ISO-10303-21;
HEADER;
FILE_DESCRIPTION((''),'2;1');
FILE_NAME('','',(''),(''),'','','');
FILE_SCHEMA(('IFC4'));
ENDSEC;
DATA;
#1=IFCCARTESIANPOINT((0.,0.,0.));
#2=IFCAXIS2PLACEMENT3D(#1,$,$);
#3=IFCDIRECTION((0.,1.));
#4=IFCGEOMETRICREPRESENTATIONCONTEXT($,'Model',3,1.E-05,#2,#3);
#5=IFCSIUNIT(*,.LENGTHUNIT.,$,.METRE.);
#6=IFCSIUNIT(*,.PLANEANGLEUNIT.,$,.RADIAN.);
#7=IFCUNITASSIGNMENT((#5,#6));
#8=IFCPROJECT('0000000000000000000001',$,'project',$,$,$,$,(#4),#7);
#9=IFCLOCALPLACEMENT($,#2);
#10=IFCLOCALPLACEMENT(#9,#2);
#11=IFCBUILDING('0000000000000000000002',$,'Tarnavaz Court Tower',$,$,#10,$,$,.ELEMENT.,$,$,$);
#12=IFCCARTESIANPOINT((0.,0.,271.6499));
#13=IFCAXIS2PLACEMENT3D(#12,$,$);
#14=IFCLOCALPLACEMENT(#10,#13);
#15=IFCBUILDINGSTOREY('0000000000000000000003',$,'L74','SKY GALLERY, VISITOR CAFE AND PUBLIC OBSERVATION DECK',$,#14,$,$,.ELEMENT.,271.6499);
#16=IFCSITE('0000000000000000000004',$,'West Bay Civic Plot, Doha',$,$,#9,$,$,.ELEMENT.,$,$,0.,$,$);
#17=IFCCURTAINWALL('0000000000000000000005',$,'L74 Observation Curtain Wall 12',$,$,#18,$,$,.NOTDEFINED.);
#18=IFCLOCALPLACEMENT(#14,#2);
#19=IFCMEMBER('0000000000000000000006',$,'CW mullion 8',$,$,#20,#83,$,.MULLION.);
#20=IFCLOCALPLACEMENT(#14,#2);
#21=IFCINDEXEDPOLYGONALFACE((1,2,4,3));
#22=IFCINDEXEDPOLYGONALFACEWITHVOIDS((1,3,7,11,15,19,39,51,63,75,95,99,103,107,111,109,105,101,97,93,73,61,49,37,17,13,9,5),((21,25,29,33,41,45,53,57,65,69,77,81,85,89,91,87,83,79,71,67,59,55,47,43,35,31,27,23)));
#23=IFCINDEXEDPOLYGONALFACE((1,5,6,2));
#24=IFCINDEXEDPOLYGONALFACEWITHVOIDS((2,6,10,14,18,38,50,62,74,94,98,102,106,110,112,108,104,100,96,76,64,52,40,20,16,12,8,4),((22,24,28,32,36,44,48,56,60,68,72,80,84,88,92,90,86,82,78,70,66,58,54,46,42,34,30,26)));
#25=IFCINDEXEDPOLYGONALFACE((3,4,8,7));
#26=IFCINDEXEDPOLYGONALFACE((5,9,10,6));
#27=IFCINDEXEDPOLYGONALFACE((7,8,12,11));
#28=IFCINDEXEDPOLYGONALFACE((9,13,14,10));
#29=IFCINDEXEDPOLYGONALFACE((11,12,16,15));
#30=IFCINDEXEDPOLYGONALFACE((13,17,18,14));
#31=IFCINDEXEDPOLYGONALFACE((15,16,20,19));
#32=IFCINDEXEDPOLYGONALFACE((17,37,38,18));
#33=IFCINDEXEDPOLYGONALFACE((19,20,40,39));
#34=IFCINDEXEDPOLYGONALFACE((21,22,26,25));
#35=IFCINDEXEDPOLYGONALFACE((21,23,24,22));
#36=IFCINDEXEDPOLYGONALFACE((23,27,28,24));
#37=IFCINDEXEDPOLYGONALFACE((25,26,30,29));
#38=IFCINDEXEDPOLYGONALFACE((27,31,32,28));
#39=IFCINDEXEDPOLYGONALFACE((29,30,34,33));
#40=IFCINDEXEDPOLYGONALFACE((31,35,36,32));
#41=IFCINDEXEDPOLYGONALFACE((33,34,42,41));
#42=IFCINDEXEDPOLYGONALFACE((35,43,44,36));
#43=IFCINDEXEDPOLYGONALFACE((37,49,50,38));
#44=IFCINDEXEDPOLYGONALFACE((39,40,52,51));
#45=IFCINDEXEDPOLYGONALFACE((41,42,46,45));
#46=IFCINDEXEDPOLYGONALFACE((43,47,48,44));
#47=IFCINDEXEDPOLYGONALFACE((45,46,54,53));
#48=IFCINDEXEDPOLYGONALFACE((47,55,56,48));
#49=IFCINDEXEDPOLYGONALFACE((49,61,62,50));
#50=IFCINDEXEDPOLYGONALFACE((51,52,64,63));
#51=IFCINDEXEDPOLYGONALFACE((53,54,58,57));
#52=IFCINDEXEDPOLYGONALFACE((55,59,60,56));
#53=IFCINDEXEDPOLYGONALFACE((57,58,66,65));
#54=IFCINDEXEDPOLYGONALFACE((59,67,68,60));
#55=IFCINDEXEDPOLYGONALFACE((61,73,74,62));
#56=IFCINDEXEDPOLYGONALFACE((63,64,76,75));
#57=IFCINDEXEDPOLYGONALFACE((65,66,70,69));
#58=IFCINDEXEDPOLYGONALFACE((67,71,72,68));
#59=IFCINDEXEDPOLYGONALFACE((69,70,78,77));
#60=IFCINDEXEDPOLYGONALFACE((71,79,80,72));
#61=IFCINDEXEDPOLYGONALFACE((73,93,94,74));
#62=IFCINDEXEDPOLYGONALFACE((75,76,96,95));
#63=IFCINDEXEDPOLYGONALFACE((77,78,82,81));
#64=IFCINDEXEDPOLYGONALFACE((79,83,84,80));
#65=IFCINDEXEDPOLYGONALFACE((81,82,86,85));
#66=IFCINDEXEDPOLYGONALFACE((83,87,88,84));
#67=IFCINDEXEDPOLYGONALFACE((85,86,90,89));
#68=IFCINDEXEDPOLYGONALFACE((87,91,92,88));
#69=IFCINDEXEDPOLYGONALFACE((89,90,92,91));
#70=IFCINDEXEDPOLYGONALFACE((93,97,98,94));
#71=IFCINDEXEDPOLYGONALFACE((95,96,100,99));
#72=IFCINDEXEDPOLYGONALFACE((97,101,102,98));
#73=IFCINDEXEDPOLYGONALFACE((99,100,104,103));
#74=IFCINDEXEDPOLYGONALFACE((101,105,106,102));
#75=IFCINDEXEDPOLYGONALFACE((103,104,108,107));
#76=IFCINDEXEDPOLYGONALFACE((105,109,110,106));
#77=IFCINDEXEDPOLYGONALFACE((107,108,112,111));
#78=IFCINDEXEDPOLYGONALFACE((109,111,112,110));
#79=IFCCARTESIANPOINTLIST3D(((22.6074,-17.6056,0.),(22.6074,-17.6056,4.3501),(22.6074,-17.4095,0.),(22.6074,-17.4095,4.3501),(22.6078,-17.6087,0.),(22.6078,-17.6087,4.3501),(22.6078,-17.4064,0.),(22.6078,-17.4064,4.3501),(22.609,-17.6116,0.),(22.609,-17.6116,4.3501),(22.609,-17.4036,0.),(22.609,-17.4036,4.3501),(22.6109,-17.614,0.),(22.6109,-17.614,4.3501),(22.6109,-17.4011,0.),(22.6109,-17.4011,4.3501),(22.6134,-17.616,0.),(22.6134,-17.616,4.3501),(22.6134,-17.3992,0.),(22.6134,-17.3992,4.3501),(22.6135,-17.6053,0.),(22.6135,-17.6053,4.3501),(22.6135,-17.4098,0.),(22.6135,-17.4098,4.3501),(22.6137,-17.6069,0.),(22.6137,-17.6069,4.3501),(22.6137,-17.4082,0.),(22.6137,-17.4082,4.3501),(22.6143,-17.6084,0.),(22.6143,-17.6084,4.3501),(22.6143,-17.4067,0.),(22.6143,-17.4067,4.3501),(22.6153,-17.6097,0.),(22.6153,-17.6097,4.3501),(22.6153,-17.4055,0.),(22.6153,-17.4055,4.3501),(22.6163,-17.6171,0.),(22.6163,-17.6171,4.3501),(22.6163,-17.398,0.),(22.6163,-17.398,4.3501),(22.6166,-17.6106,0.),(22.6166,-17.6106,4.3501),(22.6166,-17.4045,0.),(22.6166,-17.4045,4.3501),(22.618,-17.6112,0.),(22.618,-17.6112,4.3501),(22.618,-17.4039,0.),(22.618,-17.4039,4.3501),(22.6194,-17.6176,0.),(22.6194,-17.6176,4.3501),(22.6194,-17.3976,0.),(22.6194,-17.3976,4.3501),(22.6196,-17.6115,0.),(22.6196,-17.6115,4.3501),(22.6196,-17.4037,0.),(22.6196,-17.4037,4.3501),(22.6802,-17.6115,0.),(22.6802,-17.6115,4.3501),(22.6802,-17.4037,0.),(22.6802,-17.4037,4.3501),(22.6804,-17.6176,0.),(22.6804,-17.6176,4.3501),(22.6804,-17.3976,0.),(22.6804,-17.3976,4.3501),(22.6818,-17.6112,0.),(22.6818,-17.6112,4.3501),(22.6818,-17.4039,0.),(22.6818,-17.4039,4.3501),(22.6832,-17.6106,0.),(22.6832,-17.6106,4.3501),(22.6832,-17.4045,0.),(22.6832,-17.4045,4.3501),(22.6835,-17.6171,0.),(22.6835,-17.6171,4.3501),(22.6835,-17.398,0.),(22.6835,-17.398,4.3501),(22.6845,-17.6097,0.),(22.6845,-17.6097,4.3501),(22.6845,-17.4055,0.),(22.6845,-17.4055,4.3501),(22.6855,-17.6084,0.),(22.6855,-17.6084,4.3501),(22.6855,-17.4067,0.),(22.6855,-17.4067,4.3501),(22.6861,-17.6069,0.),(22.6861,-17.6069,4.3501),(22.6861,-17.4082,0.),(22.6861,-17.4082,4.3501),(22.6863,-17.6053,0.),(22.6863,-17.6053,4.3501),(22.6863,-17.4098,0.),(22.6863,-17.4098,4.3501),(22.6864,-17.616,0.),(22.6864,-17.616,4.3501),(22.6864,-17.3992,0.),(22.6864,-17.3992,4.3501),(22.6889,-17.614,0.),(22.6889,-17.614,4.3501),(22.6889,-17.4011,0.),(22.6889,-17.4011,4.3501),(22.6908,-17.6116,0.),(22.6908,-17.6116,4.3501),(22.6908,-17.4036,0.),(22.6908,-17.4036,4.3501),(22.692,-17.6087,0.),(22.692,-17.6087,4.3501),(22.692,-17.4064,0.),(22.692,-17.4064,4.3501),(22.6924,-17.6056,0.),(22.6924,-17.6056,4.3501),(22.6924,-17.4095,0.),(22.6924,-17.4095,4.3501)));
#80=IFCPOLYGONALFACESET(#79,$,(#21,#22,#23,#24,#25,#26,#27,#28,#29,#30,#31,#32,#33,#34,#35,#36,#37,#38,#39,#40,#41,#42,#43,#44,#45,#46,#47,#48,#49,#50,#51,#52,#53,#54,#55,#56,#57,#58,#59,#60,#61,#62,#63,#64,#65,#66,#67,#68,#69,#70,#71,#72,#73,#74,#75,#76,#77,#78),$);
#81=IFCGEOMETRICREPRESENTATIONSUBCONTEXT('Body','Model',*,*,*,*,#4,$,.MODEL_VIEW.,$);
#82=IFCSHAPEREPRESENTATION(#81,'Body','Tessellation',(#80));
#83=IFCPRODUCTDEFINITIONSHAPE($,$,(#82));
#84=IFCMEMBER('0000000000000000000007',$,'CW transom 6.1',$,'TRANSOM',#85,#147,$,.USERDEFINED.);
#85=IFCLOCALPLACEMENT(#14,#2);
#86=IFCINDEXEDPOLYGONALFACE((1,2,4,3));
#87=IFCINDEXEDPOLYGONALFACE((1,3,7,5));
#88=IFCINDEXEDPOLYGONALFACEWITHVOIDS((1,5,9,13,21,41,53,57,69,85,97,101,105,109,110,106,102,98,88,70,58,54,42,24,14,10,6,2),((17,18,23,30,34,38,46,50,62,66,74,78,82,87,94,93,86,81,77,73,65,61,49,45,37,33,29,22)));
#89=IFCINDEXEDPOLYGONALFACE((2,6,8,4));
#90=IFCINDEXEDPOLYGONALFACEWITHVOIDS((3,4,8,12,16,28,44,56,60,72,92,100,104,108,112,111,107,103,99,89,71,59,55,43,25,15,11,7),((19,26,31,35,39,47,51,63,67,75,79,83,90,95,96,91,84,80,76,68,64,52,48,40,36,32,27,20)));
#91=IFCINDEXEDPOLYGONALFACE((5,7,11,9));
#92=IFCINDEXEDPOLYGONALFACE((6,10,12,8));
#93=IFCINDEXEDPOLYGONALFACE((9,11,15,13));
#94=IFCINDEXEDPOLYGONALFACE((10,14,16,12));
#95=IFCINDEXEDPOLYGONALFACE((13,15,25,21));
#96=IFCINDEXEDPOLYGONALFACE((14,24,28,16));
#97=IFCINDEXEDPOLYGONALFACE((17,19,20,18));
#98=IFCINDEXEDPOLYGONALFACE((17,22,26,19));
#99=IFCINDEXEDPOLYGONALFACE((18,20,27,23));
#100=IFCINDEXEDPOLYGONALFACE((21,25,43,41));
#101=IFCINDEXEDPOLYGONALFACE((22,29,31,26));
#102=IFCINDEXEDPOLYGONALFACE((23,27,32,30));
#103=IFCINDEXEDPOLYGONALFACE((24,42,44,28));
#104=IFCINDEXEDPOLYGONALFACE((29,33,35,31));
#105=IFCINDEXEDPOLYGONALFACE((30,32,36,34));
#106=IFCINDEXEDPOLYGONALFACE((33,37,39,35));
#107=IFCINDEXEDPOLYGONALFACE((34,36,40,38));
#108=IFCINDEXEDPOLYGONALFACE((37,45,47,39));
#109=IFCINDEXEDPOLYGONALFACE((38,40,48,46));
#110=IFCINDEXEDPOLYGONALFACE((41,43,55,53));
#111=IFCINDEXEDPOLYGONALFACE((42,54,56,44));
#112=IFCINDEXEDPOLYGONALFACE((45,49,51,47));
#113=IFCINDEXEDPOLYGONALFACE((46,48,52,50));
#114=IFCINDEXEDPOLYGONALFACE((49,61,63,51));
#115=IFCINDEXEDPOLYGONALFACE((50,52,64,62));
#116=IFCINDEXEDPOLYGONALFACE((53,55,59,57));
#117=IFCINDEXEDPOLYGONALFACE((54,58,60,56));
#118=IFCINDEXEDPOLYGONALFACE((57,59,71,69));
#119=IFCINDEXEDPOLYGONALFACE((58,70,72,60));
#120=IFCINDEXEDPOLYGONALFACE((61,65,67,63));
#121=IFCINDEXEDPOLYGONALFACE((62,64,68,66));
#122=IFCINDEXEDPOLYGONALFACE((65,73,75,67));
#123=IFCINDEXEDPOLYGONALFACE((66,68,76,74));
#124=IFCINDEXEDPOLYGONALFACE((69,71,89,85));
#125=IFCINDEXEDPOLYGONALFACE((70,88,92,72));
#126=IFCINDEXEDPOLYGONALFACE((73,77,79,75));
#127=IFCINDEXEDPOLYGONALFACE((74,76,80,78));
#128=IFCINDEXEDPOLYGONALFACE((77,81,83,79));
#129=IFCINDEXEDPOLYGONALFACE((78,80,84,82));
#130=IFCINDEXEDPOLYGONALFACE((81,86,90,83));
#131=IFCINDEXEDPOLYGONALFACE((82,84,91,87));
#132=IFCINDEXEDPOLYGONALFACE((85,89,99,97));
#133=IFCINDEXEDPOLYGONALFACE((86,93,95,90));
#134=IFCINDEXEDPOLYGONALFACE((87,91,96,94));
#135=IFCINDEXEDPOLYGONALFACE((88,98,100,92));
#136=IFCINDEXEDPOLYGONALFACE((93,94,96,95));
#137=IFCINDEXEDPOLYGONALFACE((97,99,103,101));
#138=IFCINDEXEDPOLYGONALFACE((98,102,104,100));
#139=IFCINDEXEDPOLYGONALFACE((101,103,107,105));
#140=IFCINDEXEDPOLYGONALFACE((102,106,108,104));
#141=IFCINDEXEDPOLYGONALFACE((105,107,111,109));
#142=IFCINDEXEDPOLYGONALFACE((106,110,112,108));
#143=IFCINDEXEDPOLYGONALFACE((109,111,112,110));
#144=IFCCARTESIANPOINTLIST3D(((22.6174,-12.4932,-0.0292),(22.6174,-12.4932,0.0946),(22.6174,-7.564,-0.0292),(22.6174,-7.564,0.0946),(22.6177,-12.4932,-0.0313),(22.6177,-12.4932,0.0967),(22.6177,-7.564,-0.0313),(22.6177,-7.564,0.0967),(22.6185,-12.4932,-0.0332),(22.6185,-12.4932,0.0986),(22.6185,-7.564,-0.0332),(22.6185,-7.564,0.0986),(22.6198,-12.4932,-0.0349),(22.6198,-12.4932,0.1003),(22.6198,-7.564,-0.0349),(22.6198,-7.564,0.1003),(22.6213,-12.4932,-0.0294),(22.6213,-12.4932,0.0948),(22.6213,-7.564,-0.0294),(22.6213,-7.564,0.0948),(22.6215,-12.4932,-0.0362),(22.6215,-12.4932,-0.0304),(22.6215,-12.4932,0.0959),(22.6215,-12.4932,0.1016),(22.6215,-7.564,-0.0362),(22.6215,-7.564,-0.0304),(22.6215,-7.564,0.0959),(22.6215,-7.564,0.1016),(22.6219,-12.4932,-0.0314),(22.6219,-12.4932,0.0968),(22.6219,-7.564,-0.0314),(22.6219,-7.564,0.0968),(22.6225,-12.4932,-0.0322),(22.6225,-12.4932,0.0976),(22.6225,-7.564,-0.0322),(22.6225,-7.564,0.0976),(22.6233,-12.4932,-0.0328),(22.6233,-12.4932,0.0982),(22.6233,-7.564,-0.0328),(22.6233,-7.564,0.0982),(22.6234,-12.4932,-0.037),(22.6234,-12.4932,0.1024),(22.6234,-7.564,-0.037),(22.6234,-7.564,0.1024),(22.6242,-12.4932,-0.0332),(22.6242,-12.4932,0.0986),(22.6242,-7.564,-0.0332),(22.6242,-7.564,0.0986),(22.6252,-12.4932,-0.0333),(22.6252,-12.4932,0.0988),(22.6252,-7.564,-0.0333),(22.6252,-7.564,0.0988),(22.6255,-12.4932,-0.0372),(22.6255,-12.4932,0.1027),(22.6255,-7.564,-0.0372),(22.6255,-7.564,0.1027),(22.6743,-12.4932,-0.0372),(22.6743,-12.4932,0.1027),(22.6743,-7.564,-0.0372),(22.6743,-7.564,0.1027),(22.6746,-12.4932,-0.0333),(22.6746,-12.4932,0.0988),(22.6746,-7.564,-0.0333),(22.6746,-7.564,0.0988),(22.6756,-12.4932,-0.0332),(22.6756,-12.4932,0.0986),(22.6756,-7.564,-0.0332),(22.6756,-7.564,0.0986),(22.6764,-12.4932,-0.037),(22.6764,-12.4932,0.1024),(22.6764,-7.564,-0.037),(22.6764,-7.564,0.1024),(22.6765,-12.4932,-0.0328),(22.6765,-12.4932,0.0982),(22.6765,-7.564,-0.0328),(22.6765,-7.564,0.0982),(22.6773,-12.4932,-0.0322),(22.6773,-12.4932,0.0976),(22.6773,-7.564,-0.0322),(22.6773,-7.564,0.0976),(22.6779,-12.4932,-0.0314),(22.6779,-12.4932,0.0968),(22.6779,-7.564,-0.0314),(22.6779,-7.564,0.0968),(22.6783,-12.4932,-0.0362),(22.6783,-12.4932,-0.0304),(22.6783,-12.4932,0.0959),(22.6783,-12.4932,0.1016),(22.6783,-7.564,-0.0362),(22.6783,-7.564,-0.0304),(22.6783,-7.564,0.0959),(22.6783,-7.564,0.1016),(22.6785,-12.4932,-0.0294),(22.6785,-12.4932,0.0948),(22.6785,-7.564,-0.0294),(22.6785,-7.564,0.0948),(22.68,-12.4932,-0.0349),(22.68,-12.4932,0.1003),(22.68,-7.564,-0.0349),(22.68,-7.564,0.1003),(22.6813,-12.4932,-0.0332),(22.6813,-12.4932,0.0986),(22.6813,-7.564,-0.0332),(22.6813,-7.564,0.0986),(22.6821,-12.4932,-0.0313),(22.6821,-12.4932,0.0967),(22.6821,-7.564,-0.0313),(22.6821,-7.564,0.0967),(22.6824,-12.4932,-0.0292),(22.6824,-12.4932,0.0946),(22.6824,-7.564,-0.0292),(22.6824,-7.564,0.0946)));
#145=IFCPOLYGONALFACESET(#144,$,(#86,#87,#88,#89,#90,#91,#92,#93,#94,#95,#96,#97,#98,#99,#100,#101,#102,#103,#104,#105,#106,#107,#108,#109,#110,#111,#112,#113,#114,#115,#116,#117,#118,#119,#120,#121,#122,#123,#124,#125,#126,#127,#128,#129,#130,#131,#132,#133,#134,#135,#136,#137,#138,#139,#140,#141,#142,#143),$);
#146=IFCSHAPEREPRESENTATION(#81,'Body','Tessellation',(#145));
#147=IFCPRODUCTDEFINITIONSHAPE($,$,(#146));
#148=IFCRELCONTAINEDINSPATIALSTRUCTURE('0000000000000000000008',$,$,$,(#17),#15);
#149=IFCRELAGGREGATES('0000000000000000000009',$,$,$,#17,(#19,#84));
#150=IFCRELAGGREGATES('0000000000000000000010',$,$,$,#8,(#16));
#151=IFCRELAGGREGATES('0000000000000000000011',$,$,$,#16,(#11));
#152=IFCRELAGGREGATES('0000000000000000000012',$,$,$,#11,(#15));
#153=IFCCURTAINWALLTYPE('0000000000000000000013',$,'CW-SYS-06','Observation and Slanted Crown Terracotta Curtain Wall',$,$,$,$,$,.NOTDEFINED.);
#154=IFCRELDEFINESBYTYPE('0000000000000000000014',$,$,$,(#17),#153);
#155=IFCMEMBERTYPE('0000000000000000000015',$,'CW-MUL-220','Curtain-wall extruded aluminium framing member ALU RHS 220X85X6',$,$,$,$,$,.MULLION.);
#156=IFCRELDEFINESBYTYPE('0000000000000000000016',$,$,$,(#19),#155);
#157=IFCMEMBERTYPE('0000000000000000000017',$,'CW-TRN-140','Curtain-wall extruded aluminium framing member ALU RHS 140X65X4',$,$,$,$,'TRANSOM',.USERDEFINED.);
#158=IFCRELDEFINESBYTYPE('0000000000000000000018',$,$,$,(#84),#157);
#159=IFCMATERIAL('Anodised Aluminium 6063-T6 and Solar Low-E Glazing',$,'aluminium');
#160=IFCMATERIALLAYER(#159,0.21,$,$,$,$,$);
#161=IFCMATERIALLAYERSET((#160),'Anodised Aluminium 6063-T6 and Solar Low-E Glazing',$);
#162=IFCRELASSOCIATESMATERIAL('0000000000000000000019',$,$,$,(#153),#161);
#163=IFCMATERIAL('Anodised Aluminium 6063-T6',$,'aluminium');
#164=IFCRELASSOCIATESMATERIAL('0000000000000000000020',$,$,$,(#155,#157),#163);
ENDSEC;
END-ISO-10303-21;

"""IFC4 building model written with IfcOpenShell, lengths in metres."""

from ifc_helpers import new_model, si_unit, direction, frame, origin, origin_2d, place, context, subcontext, project, spatial, hollow_rectangle, extrude, material, layer, layer_set, material_profile, profile_set, type_object, element, aggregate, save


model = new_model("IFC4")

# Units and contexts
model_context = context("Model", 3, precision=1e-05, world=origin(), true_north=direction((0.0, 1.0)))
body_context = subcontext(model_context, "Body", "Model", "MODEL_VIEW")
ifc_project = project(units=[si_unit("LENGTHUNIT", "METRE"), si_unit("PLANEANGLEUNIT", "RADIAN")], contexts=[model_context])

# Site, building, storey
site_placement = place(None, origin())
site = spatial("IfcSite", under=ifc_project, at=site_placement, Name="West Bay Civic Plot, Doha", CompositionType="ELEMENT", RefElevation=0.0)
building_placement = place(site_placement, origin())
building = spatial("IfcBuilding", under=site, at=building_placement, Name="Tarnavaz Court Tower", CompositionType="ELEMENT")
storey_placement = place(building_placement, frame((0.0, 0.0, 271.6499)))
storey = spatial("IfcBuildingStorey", under=building, at=storey_placement, Name="L74", Description="SKY GALLERY, VISITOR CAFE AND PUBLIC OBSERVATION DECK", CompositionType="ELEMENT", Elevation=271.6499)

# Curtain wall, members
ifc_material_1 = material(Name="Anodised Aluminium 6063-T6 and Solar Low-E Glazing", Category="aluminium")
ifc_layer_1 = layer(ifc_material_1, 0.21)
ifc_layer_set_1 = layer_set([ifc_layer_1], Name="Anodised Aluminium 6063-T6 and Solar Low-E Glazing")
curtain_wall_type = type_object("IfcCurtainWallType", Name="CW-SYS-06", Description="Observation and Slanted Crown Terracotta Curtain Wall", PredefinedType="NOTDEFINED", material=ifc_layer_set_1)
curtain_wall_placement = place(storey_placement, origin())
curtain_wall = element("IfcCurtainWall", 1, at=curtain_wall_placement, inside=storey, type_object=curtain_wall_type, Name="L74 Observation Curtain Wall 12", PredefinedType="NOTDEFINED")
ifc_material_2 = material(Name="Anodised Aluminium 6063-T6", Category="aluminium")
ifc_material_profile_1 = material_profile(ifc_material_2, hollow_rectangle(XDim=0.085, YDim=0.22, WallThickness=0.0061, InnerFilletRadius=0.0061, OuterFilletRadius=0.012, at=origin_2d()), Name="ALU RHS 220X85X6")
ifc_profile_set_1 = profile_set([ifc_material_profile_1], Name="Anodised Aluminium 6063-T6")
member_type_1 = type_object("IfcMemberType", Name="CW-MUL-220", Description="Curtain-wall extruded aluminium framing member ALU RHS 220X85X6", PredefinedType="MULLION", material=ifc_profile_set_1)
member_1_placement = place(storey_placement, frame((22.6499, -17.5076, 0.0), z_axis=(0.0, 0.0, 1.0), x_axis=(1.0, 0.0, 0.0)))
member_1 = element("IfcMember", 2, at=member_1_placement, type_object=member_type_1, Name="CW mullion 8", PredefinedType="MULLION", context=body_context, shape_type="SweptSolid", body=[
    extrude(hollow_rectangle(XDim=0.085, YDim=0.22, WallThickness=0.0061, InnerFilletRadius=0.0061, OuterFilletRadius=0.012, at=origin_2d()), origin(), (0.0, 0.0, 1.0), 4.3501),
])
ifc_material_profile_2 = material_profile(ifc_material_2, hollow_rectangle(XDim=0.0649, YDim=0.1399, WallThickness=0.0039, InnerFilletRadius=0.0039, OuterFilletRadius=0.0081, at=origin_2d()), Name="ALU RHS 140X65X4")
ifc_profile_set_2 = profile_set([ifc_material_profile_2], Name="Anodised Aluminium 6063-T6")
member_type_2 = type_object("IfcMemberType", Name="CW-TRN-140", Description="Curtain-wall extruded aluminium framing member ALU RHS 140X65X4", ElementType="TRANSOM", PredefinedType="USERDEFINED", material=ifc_profile_set_2)
member_2_placement = place(storey_placement, frame((22.6499, -7.564, 0.0327), z_axis=(0.0, -1.0, 0.0), x_axis=(1.0, 0.0, 0.0)))
member_2 = element("IfcMember", 3, at=member_2_placement, type_object=member_type_2, Name="CW transom 6.1", ObjectType="TRANSOM", PredefinedType="USERDEFINED", context=body_context, shape_type="SweptSolid", body=[
    extrude(hollow_rectangle(XDim=0.0649, YDim=0.1399, WallThickness=0.0039, InnerFilletRadius=0.0039, OuterFilletRadius=0.0081, at=origin_2d()), origin(), (0.0, 0.0, 1.0), 4.9292),
])
aggregate(curtain_wall, [member_1, member_2])

save(model, "model.ifc")
